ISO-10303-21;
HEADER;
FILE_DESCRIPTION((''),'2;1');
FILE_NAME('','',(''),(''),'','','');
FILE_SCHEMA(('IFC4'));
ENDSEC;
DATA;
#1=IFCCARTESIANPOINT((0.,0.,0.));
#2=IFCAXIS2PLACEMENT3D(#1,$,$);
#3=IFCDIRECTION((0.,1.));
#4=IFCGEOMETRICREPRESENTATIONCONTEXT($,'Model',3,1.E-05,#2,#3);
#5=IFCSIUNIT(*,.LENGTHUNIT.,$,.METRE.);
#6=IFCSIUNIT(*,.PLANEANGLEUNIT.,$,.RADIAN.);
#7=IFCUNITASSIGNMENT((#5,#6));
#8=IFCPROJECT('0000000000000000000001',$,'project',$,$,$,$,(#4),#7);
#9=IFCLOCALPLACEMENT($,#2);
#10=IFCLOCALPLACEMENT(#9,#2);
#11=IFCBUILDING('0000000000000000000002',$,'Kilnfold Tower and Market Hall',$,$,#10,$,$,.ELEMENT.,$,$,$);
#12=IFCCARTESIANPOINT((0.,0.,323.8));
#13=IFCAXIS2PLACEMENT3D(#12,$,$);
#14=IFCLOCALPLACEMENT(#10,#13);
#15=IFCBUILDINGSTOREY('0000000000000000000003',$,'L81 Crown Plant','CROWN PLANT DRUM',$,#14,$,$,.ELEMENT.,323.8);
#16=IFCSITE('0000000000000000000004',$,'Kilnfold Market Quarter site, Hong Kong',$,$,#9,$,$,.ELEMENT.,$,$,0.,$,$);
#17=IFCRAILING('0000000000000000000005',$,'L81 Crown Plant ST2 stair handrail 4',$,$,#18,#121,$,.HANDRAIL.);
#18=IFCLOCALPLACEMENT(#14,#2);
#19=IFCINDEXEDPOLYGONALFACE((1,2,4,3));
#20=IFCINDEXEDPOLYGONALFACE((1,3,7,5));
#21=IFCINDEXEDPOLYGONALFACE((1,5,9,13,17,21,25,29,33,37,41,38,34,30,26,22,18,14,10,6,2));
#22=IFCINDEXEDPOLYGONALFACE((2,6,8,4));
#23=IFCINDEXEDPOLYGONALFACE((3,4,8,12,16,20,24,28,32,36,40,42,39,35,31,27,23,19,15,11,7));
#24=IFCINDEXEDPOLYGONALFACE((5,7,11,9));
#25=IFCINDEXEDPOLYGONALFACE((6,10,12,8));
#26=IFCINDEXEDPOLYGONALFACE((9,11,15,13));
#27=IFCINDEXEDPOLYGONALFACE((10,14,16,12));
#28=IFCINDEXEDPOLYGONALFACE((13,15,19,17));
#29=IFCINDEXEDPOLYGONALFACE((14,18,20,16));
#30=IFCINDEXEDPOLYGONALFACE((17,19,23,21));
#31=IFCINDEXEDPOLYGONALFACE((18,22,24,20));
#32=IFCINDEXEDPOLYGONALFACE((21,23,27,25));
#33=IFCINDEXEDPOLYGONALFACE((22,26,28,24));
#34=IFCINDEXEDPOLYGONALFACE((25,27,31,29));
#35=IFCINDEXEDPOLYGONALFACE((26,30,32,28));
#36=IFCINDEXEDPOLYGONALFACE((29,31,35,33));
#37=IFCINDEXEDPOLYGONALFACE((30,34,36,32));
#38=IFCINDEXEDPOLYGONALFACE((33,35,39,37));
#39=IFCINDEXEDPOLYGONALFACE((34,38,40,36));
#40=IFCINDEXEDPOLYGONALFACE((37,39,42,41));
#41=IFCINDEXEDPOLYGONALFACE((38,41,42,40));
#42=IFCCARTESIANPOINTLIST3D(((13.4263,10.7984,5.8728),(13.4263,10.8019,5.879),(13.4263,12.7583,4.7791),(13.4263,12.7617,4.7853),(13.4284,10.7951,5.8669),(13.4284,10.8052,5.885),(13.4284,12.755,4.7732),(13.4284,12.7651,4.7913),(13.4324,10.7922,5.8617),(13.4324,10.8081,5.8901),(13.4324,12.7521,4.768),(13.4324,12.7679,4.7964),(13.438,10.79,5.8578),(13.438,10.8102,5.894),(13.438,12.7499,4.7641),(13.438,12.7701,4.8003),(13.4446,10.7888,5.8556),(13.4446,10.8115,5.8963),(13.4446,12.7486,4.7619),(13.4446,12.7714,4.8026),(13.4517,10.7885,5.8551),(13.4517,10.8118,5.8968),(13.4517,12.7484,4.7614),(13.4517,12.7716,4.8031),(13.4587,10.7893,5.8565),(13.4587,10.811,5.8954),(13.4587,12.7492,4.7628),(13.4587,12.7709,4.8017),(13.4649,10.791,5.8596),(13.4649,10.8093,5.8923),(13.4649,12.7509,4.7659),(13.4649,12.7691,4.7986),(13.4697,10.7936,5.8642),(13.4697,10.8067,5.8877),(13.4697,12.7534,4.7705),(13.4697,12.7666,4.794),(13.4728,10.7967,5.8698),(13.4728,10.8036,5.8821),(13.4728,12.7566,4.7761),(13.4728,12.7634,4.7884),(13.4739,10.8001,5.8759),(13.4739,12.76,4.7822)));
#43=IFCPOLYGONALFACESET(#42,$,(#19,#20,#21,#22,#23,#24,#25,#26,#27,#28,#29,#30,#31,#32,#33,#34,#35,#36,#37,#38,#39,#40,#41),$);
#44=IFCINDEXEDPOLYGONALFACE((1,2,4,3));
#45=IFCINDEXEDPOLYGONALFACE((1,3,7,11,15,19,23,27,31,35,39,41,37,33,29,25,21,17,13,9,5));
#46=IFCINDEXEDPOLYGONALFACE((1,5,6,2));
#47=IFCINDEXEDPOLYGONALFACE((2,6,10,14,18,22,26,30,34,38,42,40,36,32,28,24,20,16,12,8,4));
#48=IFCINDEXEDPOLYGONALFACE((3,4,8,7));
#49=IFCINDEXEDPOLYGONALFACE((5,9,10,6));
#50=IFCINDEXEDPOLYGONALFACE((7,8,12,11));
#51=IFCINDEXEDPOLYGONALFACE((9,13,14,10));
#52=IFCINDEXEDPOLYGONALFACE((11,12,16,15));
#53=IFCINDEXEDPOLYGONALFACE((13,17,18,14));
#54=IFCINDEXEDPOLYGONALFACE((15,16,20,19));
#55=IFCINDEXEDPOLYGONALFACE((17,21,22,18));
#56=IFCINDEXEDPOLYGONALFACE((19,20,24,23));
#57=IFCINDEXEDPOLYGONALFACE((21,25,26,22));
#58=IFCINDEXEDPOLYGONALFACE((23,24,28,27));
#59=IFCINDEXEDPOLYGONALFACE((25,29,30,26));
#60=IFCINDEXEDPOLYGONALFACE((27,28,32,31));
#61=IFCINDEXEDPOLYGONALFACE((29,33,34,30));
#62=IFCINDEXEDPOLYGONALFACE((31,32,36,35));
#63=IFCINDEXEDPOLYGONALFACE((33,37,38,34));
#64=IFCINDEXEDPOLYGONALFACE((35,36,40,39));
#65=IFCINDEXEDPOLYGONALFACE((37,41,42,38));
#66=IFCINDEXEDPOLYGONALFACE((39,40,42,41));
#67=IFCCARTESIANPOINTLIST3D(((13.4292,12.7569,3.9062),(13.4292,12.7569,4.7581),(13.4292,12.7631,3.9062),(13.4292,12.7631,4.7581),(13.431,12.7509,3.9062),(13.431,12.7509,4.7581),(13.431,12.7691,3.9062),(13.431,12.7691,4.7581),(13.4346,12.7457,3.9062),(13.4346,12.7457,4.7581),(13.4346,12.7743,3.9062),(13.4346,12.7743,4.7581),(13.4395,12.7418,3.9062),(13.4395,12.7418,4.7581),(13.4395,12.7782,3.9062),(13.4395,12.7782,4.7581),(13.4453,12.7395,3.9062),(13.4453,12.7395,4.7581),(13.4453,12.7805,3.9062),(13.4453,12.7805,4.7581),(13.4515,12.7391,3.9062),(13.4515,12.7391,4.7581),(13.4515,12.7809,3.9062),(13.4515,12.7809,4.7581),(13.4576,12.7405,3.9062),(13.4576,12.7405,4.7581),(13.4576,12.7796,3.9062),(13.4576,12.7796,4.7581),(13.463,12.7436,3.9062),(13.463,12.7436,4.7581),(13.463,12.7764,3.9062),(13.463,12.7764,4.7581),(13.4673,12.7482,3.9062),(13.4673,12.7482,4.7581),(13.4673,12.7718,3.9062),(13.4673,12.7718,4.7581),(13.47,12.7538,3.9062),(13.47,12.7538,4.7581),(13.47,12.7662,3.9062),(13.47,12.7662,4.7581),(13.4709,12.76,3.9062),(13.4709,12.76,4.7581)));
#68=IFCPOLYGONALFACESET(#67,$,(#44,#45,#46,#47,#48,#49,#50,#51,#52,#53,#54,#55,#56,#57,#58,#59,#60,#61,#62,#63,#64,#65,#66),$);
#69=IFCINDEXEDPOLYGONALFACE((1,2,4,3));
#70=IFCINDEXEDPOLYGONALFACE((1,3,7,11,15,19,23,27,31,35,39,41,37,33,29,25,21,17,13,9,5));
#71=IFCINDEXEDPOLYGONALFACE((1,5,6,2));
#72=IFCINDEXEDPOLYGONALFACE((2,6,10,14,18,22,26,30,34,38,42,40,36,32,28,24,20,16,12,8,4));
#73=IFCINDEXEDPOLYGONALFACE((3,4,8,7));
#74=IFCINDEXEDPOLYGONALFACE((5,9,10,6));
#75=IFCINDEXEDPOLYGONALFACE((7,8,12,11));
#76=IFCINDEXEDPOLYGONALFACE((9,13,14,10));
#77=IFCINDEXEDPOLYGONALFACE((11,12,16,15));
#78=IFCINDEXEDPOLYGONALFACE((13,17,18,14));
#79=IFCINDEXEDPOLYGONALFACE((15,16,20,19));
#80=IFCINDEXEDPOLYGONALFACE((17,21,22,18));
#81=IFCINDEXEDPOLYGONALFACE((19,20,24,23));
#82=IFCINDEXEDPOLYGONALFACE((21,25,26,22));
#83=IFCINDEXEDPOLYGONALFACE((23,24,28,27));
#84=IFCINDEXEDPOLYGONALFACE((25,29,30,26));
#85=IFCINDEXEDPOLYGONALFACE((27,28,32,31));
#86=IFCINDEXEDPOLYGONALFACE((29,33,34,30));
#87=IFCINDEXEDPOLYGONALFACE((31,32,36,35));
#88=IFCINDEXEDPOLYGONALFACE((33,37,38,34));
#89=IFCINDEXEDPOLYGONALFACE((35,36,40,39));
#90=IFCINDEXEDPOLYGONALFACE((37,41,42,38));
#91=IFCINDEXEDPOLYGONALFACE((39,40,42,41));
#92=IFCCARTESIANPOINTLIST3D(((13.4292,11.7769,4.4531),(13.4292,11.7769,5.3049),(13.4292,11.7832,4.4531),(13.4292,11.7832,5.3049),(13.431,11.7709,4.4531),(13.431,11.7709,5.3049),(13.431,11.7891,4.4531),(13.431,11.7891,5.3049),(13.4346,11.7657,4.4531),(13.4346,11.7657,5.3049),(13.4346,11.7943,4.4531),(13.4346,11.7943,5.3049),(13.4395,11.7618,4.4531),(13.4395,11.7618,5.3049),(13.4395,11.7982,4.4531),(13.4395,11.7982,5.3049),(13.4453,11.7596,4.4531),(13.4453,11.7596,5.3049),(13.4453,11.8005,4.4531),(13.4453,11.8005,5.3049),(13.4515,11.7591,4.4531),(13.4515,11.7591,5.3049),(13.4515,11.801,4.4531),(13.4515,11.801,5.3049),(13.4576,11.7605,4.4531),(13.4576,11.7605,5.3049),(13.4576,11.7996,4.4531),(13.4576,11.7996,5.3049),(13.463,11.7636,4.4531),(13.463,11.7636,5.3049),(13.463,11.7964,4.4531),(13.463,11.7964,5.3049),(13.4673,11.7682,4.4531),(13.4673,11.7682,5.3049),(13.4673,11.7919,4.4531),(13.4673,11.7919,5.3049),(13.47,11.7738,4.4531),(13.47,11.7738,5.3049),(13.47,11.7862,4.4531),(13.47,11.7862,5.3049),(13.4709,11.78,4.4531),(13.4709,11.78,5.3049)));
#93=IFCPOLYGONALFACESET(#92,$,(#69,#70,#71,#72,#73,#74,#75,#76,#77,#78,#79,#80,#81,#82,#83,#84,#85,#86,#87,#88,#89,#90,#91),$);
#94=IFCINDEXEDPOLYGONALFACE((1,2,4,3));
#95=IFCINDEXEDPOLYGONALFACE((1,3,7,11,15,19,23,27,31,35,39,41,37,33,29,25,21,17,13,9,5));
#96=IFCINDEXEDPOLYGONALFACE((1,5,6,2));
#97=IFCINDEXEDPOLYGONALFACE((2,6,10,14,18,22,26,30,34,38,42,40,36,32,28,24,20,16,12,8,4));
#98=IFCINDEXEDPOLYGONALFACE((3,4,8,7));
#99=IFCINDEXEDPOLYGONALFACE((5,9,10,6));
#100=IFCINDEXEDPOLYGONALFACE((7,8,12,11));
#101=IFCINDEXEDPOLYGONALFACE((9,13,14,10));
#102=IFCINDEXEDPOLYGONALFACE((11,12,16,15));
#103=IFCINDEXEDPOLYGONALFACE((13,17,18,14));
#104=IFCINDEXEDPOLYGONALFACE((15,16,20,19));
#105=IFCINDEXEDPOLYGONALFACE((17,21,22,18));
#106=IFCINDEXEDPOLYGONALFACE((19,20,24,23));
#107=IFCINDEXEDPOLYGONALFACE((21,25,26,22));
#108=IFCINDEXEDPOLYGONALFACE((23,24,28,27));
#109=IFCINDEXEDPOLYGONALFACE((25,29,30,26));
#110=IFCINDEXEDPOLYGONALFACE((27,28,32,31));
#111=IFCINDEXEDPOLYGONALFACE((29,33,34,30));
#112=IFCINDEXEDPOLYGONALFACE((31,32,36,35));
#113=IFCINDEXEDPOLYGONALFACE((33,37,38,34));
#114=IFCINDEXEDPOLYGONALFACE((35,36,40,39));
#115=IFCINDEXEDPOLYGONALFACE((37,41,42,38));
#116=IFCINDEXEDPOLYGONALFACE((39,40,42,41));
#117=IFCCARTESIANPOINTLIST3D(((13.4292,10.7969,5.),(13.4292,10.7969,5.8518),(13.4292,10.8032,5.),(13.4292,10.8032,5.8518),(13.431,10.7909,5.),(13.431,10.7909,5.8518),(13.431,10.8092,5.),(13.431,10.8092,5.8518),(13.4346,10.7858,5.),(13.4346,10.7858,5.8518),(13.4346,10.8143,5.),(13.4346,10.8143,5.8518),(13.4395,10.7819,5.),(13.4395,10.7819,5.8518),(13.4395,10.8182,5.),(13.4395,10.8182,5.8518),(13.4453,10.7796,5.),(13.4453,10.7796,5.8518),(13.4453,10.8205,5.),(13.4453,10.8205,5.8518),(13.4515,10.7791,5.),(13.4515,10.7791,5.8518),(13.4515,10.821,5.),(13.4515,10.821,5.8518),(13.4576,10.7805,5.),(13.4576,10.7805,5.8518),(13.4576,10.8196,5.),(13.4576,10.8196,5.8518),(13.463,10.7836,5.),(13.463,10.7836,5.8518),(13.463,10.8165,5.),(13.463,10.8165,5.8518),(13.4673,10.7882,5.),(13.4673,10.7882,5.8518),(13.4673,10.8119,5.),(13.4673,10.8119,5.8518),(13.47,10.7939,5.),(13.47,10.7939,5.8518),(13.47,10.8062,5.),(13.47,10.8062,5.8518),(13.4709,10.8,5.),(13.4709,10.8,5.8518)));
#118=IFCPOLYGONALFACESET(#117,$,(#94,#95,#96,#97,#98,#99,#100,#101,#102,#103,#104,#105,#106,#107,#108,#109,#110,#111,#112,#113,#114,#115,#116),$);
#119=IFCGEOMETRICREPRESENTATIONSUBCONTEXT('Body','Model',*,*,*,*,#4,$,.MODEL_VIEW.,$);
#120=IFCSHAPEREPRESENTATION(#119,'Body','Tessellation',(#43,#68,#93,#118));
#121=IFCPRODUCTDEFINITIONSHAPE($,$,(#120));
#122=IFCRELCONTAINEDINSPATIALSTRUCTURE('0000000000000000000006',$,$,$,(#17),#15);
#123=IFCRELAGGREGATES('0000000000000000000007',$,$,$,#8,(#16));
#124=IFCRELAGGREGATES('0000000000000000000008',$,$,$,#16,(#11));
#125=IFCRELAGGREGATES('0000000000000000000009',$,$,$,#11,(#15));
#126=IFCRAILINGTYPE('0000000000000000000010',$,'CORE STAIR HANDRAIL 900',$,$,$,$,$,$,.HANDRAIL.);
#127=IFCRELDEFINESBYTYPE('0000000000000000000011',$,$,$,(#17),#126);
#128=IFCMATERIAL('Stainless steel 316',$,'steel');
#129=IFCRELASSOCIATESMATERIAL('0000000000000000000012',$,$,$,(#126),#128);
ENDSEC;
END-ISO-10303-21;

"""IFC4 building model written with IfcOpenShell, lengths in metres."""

from ifc_helpers import new_model, si_unit, direction, frame, origin, origin_2d, place, context, subcontext, project, spatial, circle, extrude, material, type_object, element, save


model = new_model("IFC4")

# Units and contexts
model_context = context("Model", 3, precision=1e-05, world=origin(), true_north=direction((0.0, 1.0)))
body_context = subcontext(model_context, "Body", "Model", "MODEL_VIEW")
ifc_project = project(units=[si_unit("LENGTHUNIT", "METRE"), si_unit("PLANEANGLEUNIT", "RADIAN")], contexts=[model_context])

# Site, building, storey
site_placement = place(None, origin())
site = spatial("IfcSite", under=ifc_project, at=site_placement, Name="Kilnfold Market Quarter site, Hong Kong", CompositionType="ELEMENT", RefElevation=0.0)
building_placement = place(site_placement, origin())
building = spatial("IfcBuilding", under=site, at=building_placement, Name="Kilnfold Tower and Market Hall", CompositionType="ELEMENT")
storey_placement = place(building_placement, frame((0.0, 0.0, 323.8)))
storey = spatial("IfcBuildingStorey", under=building, at=storey_placement, Name="L81 Crown Plant", Description="CROWN PLANT DRUM", CompositionType="ELEMENT", Elevation=323.8)

# Railing
ifc_material_1 = material(Name="Stainless steel 316", Category="steel")
railing_type_1 = type_object("IfcRailingType", Name="CORE STAIR HANDRAIL 900", PredefinedType="HANDRAIL", material=ifc_material_1)
railing_1_placement = place(storey_placement, frame((13.45, 12.76, 3.9062)))
element("IfcRailing", 1, at=railing_1_placement, inside=storey, type_object=railing_type_1, Name="L81 Crown Plant ST2 stair handrail 4", PredefinedType="HANDRAIL", context=body_context, shape_type="SweptSolid", body=[
    extrude(circle(Radius=0.0239, at=origin_2d()), frame((0.0, 0.0, 0.876), z_axis=(0.0, -0.873232, 0.487304), x_axis=(1.0, 0.0, 0.0)), (0.0, 0.0, 1.0), 2.2444),
    extrude(circle(Radius=0.021, at=origin_2d()), origin(), (0.0, 0.0, 1.0), 0.8518),
    extrude(circle(Radius=0.021, at=origin_2d()), frame((0.0, -0.98, 0.5469)), (0.0, 0.0, 1.0), 0.8518),
    extrude(circle(Radius=0.021, at=origin_2d()), frame((0.0, -1.96, 1.0938)), (0.0, 0.0, 1.0), 0.8518),
])

save(model, "model.ifc")
